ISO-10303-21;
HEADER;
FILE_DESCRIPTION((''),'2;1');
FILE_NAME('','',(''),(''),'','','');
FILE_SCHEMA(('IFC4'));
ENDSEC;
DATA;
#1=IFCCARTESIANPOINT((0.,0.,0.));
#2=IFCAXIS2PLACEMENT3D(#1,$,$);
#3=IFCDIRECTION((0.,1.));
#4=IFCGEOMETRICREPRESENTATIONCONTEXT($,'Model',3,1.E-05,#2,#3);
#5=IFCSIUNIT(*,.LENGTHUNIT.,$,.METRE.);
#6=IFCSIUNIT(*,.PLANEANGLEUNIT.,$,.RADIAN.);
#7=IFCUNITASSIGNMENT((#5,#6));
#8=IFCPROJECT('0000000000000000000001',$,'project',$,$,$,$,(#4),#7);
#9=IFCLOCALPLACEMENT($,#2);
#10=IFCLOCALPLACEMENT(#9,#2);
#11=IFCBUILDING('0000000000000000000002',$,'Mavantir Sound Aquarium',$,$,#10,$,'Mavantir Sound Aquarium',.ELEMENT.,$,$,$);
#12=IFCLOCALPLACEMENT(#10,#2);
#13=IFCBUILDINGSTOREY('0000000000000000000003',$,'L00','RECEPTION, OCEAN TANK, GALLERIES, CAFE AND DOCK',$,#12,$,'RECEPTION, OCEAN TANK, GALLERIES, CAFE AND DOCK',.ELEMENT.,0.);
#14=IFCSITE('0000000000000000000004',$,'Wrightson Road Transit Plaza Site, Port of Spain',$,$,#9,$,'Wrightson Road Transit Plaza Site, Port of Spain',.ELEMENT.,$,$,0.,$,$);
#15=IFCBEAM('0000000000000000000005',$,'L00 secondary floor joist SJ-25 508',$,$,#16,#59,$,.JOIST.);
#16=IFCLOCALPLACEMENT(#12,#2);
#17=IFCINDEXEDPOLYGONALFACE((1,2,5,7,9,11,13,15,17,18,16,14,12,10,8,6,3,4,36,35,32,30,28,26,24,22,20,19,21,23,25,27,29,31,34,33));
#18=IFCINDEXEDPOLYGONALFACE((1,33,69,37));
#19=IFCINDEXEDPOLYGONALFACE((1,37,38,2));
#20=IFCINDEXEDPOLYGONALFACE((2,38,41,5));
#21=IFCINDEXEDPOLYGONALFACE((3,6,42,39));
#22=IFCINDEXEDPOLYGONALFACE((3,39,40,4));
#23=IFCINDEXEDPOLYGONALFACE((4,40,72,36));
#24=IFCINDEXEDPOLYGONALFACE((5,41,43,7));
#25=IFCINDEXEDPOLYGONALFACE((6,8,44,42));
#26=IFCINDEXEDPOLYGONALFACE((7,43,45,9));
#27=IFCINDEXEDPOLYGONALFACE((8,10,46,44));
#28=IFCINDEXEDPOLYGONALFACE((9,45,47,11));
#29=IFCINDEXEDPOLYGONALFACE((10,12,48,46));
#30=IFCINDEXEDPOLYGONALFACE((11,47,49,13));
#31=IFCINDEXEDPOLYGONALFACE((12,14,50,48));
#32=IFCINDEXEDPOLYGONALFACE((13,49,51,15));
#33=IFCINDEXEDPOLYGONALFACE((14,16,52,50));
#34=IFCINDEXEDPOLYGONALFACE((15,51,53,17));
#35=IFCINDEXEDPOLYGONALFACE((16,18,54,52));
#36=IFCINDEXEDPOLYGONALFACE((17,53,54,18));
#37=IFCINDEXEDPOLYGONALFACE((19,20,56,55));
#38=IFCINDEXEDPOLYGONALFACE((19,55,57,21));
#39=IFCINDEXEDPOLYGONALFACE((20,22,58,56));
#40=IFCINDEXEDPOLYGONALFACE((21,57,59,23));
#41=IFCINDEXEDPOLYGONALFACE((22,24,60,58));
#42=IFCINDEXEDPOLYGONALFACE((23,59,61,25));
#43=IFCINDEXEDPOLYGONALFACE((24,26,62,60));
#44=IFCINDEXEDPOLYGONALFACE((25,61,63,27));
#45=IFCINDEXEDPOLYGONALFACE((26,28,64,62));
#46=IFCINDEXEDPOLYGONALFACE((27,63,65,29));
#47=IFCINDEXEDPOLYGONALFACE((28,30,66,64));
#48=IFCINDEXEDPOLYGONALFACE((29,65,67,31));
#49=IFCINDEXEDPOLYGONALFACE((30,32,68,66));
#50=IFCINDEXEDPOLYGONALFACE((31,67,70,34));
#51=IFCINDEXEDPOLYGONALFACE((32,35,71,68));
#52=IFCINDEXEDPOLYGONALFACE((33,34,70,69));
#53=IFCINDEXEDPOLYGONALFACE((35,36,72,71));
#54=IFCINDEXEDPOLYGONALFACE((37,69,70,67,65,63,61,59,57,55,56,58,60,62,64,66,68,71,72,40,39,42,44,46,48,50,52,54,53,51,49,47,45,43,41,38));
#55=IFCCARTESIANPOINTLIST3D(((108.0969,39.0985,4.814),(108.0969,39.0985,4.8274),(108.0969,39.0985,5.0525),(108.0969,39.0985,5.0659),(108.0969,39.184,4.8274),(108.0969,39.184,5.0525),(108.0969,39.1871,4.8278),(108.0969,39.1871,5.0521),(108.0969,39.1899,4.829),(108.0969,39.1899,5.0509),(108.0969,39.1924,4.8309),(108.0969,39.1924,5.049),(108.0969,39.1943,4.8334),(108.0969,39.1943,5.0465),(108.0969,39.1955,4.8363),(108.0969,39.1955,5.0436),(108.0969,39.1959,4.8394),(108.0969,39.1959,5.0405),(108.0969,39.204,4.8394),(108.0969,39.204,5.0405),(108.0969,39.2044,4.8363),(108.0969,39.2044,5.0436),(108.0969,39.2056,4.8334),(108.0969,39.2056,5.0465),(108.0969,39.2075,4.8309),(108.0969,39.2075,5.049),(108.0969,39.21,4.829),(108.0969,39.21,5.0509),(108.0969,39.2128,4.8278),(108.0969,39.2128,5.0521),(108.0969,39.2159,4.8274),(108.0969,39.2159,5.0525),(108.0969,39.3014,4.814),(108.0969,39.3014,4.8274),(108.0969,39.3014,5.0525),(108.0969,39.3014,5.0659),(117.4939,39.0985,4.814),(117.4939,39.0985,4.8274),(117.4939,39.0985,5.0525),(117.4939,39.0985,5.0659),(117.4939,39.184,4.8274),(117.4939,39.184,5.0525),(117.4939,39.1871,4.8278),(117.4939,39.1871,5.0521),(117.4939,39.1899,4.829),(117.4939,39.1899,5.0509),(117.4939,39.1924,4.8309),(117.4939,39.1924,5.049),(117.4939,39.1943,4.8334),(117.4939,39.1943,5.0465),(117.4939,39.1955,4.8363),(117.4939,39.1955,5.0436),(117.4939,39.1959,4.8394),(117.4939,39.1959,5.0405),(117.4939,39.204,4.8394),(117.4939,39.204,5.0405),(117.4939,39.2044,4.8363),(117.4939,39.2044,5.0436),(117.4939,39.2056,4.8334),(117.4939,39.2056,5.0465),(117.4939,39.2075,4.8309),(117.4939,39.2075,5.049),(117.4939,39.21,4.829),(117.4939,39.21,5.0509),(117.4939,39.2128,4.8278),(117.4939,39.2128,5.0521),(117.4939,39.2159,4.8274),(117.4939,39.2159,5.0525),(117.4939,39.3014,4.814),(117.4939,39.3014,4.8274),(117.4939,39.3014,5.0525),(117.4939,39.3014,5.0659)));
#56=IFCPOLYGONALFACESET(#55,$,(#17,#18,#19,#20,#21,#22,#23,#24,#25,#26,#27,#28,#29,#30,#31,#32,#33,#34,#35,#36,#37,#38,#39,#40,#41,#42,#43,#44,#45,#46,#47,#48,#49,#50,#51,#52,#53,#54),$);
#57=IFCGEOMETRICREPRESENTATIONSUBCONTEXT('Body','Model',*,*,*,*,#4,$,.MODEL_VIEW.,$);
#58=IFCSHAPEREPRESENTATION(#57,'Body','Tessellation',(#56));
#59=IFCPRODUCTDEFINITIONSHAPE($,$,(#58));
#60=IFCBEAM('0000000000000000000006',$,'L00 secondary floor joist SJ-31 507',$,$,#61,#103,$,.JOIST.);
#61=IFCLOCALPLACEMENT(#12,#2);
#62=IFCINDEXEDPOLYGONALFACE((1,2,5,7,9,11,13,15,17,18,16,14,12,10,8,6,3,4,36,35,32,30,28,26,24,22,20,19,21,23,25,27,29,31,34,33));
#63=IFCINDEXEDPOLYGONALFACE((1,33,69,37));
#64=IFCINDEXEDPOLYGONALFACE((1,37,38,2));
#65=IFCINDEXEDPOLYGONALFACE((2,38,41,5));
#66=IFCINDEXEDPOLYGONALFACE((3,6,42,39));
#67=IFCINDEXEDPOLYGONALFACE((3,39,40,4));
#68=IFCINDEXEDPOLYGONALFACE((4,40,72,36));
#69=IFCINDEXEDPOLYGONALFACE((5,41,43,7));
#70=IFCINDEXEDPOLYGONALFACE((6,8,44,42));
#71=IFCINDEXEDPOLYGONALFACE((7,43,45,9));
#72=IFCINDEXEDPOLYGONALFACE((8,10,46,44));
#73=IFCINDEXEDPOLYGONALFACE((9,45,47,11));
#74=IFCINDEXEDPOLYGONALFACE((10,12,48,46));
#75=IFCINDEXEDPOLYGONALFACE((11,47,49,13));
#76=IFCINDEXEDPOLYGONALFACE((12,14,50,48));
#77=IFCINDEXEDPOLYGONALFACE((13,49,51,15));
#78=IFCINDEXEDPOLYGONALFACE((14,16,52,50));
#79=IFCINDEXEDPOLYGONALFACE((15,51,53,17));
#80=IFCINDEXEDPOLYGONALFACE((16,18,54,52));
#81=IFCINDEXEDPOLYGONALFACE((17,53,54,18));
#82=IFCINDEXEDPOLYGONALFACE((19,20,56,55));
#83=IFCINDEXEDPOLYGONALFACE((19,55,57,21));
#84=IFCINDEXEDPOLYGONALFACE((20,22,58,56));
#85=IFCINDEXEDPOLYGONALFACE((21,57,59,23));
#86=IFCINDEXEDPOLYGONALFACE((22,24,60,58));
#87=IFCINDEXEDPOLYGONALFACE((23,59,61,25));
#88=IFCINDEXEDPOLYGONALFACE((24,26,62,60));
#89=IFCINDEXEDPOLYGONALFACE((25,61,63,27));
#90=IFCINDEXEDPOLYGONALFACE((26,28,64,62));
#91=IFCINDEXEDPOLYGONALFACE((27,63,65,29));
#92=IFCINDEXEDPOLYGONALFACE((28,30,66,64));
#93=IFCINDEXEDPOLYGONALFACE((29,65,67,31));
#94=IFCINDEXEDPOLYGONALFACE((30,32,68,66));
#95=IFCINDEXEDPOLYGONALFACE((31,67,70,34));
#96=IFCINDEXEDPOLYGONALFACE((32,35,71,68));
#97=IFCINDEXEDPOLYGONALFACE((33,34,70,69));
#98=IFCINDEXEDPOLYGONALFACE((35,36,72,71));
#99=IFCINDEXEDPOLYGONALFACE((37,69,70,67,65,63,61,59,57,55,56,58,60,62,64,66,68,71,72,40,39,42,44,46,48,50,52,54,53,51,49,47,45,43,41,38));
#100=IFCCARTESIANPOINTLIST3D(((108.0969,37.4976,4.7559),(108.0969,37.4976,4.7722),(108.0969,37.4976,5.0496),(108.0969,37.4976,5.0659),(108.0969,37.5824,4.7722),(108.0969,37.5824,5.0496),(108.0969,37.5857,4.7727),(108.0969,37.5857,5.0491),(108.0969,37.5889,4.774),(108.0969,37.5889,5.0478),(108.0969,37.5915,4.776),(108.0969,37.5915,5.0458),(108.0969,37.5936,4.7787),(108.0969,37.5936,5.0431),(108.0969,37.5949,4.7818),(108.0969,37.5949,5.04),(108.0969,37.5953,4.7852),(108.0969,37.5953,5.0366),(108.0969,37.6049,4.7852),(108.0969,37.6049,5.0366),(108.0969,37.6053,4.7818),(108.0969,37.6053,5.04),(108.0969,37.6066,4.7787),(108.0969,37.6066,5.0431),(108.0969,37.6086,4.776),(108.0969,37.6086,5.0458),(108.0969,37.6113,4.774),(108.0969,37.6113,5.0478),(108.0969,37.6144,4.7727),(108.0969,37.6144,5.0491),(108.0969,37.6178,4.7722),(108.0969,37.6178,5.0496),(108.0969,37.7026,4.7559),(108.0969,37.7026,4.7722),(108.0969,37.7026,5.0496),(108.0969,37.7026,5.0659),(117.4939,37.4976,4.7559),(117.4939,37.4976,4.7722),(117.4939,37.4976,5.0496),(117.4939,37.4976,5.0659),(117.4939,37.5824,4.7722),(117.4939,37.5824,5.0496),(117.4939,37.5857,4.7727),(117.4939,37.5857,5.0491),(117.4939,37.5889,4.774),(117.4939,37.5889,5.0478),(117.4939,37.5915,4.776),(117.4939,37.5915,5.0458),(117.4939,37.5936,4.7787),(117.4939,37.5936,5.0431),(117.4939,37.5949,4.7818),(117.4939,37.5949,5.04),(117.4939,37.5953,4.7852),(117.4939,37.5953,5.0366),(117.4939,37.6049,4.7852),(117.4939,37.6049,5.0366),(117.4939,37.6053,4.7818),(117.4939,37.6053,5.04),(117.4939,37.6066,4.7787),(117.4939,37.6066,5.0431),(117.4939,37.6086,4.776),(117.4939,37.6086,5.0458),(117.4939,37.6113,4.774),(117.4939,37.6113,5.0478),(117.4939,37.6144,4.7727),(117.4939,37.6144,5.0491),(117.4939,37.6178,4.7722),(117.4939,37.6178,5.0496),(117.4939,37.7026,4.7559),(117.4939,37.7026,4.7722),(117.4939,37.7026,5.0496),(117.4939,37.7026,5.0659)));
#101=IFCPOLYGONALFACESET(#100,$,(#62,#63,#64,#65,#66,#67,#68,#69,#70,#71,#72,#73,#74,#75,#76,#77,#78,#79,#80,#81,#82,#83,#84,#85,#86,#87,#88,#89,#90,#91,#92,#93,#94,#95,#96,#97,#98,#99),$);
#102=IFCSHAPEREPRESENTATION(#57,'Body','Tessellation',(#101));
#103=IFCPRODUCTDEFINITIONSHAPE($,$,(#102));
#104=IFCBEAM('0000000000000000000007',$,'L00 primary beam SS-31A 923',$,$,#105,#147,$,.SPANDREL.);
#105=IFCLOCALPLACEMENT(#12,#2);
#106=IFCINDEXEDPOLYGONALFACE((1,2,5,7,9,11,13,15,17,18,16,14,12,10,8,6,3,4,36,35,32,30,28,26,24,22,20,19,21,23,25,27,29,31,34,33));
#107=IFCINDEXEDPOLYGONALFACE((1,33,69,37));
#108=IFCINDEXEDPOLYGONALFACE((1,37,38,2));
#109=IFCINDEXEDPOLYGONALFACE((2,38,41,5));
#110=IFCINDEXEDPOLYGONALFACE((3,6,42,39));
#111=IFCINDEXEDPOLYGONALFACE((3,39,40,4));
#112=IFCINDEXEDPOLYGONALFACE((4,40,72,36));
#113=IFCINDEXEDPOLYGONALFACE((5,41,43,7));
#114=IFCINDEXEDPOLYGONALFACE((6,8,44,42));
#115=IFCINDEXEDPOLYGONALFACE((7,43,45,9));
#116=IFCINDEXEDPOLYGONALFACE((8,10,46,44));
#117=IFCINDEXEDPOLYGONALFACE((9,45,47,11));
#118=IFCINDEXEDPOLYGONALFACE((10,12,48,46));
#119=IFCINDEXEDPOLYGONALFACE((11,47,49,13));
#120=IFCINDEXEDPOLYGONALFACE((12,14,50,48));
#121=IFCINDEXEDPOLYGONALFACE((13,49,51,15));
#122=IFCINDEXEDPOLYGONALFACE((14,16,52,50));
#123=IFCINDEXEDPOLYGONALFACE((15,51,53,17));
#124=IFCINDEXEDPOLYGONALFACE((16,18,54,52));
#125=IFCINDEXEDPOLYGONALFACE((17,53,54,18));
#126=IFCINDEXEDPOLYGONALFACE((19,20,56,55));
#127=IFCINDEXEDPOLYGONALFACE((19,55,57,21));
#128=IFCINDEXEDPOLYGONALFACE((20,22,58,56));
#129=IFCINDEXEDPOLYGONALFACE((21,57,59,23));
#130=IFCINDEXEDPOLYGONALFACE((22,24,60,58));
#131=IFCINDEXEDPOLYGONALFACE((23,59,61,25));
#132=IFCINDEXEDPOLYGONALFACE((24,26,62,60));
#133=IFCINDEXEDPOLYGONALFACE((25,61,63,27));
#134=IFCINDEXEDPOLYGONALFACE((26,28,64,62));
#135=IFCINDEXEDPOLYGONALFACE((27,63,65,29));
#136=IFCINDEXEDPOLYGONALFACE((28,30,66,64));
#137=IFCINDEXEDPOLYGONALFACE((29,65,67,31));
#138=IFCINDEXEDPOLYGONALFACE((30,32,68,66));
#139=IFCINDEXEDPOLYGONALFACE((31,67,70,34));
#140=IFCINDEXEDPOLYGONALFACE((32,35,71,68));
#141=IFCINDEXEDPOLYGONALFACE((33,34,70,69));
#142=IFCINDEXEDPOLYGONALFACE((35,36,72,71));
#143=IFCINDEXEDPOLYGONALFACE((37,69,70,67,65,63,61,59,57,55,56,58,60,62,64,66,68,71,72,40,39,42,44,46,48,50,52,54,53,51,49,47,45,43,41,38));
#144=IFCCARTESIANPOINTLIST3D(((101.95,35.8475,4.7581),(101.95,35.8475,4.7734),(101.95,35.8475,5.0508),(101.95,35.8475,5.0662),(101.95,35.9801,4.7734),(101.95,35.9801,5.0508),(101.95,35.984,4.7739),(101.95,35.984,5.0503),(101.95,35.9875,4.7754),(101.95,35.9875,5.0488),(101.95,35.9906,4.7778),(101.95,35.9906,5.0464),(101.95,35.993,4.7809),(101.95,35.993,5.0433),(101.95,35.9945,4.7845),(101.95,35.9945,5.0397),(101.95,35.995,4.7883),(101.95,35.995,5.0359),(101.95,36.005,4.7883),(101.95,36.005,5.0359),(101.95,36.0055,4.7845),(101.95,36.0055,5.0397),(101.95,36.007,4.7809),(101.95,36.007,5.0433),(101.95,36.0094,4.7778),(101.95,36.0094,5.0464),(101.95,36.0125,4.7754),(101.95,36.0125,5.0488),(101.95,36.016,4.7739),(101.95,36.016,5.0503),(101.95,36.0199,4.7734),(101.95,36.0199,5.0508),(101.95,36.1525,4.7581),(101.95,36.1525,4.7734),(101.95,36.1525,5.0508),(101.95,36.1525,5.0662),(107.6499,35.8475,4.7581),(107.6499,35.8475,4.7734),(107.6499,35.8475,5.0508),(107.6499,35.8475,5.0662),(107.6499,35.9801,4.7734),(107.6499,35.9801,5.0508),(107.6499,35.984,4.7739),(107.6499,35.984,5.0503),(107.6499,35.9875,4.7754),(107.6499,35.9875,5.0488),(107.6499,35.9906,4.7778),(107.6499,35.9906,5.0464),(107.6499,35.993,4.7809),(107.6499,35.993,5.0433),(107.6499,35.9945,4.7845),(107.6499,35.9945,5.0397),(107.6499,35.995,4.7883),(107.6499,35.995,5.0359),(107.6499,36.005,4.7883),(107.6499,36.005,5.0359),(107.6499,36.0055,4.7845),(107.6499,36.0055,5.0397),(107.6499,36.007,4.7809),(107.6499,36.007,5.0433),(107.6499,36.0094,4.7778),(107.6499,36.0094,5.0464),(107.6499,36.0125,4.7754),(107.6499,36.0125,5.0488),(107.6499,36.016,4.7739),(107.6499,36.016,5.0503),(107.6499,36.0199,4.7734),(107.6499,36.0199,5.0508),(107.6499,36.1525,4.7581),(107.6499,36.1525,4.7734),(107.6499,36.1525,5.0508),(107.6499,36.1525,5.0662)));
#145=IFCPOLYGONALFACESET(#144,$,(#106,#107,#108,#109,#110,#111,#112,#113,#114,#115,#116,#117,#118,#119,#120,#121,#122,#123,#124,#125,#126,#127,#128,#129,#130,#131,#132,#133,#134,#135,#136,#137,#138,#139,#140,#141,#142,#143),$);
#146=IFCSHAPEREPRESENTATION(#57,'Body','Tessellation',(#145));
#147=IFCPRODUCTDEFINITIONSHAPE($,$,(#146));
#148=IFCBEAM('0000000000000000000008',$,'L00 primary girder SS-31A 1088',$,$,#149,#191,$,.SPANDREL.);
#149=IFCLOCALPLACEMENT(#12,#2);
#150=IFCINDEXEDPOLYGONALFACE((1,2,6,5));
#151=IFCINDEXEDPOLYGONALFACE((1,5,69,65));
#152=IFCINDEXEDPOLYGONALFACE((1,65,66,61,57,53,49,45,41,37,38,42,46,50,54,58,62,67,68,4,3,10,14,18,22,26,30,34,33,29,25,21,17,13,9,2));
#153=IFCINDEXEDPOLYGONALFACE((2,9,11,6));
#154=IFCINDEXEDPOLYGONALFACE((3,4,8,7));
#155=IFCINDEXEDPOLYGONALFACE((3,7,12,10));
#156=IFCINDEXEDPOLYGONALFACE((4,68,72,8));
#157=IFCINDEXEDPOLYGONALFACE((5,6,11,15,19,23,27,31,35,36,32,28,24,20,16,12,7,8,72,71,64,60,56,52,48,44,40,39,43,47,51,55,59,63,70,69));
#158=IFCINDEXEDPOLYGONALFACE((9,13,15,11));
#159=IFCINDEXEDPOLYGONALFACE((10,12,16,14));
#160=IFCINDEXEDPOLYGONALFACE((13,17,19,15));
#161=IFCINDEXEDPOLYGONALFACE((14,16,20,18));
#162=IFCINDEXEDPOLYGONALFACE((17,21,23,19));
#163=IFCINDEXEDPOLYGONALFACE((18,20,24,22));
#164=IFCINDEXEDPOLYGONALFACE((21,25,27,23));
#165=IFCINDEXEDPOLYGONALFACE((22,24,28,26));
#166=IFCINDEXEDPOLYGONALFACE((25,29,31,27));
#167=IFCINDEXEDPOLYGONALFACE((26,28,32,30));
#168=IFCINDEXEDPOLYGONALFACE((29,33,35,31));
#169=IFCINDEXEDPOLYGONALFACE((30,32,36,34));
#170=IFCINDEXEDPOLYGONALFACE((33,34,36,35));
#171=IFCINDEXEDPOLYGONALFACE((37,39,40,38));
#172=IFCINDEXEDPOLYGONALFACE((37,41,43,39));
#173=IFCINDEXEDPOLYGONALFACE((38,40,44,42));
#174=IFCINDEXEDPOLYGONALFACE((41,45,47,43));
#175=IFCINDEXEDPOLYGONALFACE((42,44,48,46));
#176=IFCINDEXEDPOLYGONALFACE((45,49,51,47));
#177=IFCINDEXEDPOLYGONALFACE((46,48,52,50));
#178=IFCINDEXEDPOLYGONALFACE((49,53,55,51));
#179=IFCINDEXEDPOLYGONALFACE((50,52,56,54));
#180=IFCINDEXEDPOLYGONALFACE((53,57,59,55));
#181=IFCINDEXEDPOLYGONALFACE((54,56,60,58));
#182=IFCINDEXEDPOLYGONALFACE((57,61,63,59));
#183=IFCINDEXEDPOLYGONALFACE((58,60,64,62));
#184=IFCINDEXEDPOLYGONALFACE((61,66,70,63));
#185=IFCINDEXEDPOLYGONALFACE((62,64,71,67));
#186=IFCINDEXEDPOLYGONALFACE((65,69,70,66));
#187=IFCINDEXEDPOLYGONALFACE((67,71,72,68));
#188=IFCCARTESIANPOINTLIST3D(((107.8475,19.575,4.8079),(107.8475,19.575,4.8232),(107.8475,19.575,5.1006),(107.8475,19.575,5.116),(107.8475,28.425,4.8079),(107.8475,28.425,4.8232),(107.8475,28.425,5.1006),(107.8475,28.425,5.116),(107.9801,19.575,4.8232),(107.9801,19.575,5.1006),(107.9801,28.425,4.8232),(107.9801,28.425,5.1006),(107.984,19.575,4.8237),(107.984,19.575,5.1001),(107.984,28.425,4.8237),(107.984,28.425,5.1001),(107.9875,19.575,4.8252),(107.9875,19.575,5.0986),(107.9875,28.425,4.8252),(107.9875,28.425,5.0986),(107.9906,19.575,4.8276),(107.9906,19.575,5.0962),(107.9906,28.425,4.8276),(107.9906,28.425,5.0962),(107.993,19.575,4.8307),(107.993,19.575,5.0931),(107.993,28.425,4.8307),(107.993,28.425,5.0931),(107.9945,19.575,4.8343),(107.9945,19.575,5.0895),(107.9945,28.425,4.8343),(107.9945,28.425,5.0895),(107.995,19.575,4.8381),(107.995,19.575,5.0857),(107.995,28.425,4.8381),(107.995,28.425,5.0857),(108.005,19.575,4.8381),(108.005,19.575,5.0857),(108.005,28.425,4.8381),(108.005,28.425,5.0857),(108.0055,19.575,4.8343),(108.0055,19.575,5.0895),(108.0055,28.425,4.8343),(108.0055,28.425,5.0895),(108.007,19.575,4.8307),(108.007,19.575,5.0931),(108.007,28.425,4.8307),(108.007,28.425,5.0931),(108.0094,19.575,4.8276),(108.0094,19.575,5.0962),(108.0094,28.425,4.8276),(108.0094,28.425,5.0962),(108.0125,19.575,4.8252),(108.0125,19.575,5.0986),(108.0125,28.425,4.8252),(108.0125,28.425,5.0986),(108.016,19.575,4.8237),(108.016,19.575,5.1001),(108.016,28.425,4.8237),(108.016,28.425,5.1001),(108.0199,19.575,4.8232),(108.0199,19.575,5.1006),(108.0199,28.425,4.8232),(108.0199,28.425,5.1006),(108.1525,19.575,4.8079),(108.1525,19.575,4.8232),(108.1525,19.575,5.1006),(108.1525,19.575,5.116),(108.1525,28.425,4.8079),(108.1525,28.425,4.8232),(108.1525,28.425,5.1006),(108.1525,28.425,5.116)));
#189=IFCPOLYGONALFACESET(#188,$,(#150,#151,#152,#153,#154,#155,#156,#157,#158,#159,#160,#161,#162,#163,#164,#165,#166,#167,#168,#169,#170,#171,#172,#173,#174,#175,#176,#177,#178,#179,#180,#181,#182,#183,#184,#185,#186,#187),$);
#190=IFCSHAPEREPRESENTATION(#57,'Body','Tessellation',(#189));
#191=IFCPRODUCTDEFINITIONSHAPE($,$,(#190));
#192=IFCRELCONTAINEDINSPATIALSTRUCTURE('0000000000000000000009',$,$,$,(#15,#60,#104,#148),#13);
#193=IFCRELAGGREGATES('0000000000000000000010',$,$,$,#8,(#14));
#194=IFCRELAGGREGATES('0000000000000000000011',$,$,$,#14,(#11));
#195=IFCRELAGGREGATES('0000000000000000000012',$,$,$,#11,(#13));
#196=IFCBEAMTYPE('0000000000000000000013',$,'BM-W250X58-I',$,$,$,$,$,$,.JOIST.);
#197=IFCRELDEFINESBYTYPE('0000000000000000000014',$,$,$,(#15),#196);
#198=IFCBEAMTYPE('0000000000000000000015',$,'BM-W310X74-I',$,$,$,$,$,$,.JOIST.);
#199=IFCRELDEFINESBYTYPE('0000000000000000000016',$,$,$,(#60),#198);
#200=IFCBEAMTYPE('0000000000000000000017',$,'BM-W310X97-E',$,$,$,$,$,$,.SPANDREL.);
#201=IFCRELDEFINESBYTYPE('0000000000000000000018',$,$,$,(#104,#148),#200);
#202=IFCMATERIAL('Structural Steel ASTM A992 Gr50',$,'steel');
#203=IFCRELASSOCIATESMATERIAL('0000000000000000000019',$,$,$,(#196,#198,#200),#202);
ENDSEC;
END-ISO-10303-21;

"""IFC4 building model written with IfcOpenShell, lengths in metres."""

from ifc_helpers import new_model, si_unit, direction, frame, origin, origin_2d, place, context, subcontext, project, spatial, i_section, extrude, material, material_profile, profile_set, type_object, element, save


model = new_model("IFC4")

# Units and contexts
model_context = context("Model", 3, precision=1e-05, world=origin(), true_north=direction((0.0, 1.0)))
body_context = subcontext(model_context, "Body", "Model", "MODEL_VIEW")
ifc_project = project(units=[si_unit("LENGTHUNIT", "METRE"), si_unit("PLANEANGLEUNIT", "RADIAN")], contexts=[model_context])

# Site, building, storey
site_placement = place(None, origin())
site = spatial("IfcSite", under=ifc_project, at=site_placement, Name="Wrightson Road Transit Plaza Site, Port of Spain", LongName="Wrightson Road Transit Plaza Site, Port of Spain", CompositionType="ELEMENT", RefElevation=0.0)
building_placement = place(site_placement, origin())
building = spatial("IfcBuilding", under=site, at=building_placement, Name="Mavantir Sound Aquarium", LongName="Mavantir Sound Aquarium", CompositionType="ELEMENT")
storey_placement = place(building_placement, origin())
storey = spatial("IfcBuildingStorey", under=building, at=storey_placement, Name="L00", Description="RECEPTION, OCEAN TANK, GALLERIES, CAFE AND DOCK", LongName="RECEPTION, OCEAN TANK, GALLERIES, CAFE AND DOCK", CompositionType="ELEMENT", Elevation=0.0)

# Shared definitions
ifc_material_1 = material(Name="Structural Steel ASTM A992 Gr50", Category="steel")

# Beams
ifc_material_profile_1 = material_profile(ifc_material_1, i_section(OverallWidth=0.2029, OverallDepth=0.252, WebThickness=0.0081, FlangeThickness=0.0134, FilletRadius=0.012, at=origin_2d()), Name="W250X58")
ifc_profile_set_1 = profile_set([ifc_material_profile_1], Name="Structural Steel ASTM A992 Gr50")
beam_type_1 = type_object("IfcBeamType", Name="BM-W250X58-I", PredefinedType="JOIST", material=ifc_profile_set_1)
beam_1_placement = place(storey_placement, frame((108.0969, 39.2, 4.9399), z_axis=(1.0, 0.0, 0.0), x_axis=(0.0, 1.0, 0.0)))
element("IfcBeam", 1, at=beam_1_placement, inside=storey, type_object=beam_type_1, Name="L00 secondary floor joist SJ-25 508", PredefinedType="JOIST", context=body_context, shape_type="SweptSolid", body=[
    extrude(i_section(OverallWidth=0.2029, OverallDepth=0.252, WebThickness=0.0081, FlangeThickness=0.0134, FilletRadius=0.012, at=origin_2d()), origin(), (0.0, 0.0, 1.0), 9.397),
])
ifc_material_profile_2 = material_profile(ifc_material_1, i_section(OverallWidth=0.2051, OverallDepth=0.3101, WebThickness=0.0095, FlangeThickness=0.0164, FilletRadius=0.0129, at=origin_2d()), Name="W310X74")
ifc_profile_set_2 = profile_set([ifc_material_profile_2], Name="Structural Steel ASTM A992 Gr50")
beam_type_2 = type_object("IfcBeamType", Name="BM-W310X74-I", PredefinedType="JOIST", material=ifc_profile_set_2)
beam_2_placement = place(storey_placement, frame((108.0969, 37.6001, 4.9109), z_axis=(1.0, 0.0, 0.0), x_axis=(0.0, 1.0, 0.0)))
element("IfcBeam", 2, at=beam_2_placement, inside=storey, type_object=beam_type_2, Name="L00 secondary floor joist SJ-31 507", PredefinedType="JOIST", context=body_context, shape_type="SweptSolid", body=[
    extrude(i_section(OverallWidth=0.2051, OverallDepth=0.3101, WebThickness=0.0095, FlangeThickness=0.0164, FilletRadius=0.0129, at=origin_2d()), origin(), (0.0, 0.0, 1.0), 9.397),
])
ifc_material_profile_3 = material_profile(ifc_material_1, i_section(OverallWidth=0.3049, OverallDepth=0.3081, WebThickness=0.01, FlangeThickness=0.0154, FilletRadius=0.0149, at=origin_2d()), Name="W310X97")
ifc_profile_set_3 = profile_set([ifc_material_profile_3], Name="Structural Steel ASTM A992 Gr50")
beam_type_3 = type_object("IfcBeamType", Name="BM-W310X97-E", PredefinedType="SPANDREL", material=ifc_profile_set_3)
beam_3_placement = place(storey_placement, frame((101.95, 36.0, 4.9121), z_axis=(1.0, 0.0, 0.0), x_axis=(0.0, 1.0, 0.0)))
element("IfcBeam", 3, at=beam_3_placement, inside=storey, type_object=beam_type_3, Name="L00 primary beam SS-31A 923", PredefinedType="SPANDREL", context=body_context, shape_type="SweptSolid", body=[
    extrude(i_section(OverallWidth=0.3049, OverallDepth=0.3081, WebThickness=0.01, FlangeThickness=0.0154, FilletRadius=0.0149, at=origin_2d()), origin(), (0.0, 0.0, 1.0), 5.7),
])
beam_4_placement = place(storey_placement, frame((108.0, 19.575, 4.9619), z_axis=(0.0, 1.0, 0.0), x_axis=(-1.0, 0.0, 0.0)))
element("IfcBeam", 4, at=beam_4_placement, inside=storey, type_object=beam_type_3, Name="L00 primary girder SS-31A 1088", PredefinedType="SPANDREL", context=body_context, shape_type="SweptSolid", body=[
    extrude(i_section(OverallWidth=0.3049, OverallDepth=0.3081, WebThickness=0.01, FlangeThickness=0.0154, FilletRadius=0.0149, at=origin_2d()), origin(), (0.0, 0.0, 1.0), 8.8501),
])

save(model, "model.ifc")
